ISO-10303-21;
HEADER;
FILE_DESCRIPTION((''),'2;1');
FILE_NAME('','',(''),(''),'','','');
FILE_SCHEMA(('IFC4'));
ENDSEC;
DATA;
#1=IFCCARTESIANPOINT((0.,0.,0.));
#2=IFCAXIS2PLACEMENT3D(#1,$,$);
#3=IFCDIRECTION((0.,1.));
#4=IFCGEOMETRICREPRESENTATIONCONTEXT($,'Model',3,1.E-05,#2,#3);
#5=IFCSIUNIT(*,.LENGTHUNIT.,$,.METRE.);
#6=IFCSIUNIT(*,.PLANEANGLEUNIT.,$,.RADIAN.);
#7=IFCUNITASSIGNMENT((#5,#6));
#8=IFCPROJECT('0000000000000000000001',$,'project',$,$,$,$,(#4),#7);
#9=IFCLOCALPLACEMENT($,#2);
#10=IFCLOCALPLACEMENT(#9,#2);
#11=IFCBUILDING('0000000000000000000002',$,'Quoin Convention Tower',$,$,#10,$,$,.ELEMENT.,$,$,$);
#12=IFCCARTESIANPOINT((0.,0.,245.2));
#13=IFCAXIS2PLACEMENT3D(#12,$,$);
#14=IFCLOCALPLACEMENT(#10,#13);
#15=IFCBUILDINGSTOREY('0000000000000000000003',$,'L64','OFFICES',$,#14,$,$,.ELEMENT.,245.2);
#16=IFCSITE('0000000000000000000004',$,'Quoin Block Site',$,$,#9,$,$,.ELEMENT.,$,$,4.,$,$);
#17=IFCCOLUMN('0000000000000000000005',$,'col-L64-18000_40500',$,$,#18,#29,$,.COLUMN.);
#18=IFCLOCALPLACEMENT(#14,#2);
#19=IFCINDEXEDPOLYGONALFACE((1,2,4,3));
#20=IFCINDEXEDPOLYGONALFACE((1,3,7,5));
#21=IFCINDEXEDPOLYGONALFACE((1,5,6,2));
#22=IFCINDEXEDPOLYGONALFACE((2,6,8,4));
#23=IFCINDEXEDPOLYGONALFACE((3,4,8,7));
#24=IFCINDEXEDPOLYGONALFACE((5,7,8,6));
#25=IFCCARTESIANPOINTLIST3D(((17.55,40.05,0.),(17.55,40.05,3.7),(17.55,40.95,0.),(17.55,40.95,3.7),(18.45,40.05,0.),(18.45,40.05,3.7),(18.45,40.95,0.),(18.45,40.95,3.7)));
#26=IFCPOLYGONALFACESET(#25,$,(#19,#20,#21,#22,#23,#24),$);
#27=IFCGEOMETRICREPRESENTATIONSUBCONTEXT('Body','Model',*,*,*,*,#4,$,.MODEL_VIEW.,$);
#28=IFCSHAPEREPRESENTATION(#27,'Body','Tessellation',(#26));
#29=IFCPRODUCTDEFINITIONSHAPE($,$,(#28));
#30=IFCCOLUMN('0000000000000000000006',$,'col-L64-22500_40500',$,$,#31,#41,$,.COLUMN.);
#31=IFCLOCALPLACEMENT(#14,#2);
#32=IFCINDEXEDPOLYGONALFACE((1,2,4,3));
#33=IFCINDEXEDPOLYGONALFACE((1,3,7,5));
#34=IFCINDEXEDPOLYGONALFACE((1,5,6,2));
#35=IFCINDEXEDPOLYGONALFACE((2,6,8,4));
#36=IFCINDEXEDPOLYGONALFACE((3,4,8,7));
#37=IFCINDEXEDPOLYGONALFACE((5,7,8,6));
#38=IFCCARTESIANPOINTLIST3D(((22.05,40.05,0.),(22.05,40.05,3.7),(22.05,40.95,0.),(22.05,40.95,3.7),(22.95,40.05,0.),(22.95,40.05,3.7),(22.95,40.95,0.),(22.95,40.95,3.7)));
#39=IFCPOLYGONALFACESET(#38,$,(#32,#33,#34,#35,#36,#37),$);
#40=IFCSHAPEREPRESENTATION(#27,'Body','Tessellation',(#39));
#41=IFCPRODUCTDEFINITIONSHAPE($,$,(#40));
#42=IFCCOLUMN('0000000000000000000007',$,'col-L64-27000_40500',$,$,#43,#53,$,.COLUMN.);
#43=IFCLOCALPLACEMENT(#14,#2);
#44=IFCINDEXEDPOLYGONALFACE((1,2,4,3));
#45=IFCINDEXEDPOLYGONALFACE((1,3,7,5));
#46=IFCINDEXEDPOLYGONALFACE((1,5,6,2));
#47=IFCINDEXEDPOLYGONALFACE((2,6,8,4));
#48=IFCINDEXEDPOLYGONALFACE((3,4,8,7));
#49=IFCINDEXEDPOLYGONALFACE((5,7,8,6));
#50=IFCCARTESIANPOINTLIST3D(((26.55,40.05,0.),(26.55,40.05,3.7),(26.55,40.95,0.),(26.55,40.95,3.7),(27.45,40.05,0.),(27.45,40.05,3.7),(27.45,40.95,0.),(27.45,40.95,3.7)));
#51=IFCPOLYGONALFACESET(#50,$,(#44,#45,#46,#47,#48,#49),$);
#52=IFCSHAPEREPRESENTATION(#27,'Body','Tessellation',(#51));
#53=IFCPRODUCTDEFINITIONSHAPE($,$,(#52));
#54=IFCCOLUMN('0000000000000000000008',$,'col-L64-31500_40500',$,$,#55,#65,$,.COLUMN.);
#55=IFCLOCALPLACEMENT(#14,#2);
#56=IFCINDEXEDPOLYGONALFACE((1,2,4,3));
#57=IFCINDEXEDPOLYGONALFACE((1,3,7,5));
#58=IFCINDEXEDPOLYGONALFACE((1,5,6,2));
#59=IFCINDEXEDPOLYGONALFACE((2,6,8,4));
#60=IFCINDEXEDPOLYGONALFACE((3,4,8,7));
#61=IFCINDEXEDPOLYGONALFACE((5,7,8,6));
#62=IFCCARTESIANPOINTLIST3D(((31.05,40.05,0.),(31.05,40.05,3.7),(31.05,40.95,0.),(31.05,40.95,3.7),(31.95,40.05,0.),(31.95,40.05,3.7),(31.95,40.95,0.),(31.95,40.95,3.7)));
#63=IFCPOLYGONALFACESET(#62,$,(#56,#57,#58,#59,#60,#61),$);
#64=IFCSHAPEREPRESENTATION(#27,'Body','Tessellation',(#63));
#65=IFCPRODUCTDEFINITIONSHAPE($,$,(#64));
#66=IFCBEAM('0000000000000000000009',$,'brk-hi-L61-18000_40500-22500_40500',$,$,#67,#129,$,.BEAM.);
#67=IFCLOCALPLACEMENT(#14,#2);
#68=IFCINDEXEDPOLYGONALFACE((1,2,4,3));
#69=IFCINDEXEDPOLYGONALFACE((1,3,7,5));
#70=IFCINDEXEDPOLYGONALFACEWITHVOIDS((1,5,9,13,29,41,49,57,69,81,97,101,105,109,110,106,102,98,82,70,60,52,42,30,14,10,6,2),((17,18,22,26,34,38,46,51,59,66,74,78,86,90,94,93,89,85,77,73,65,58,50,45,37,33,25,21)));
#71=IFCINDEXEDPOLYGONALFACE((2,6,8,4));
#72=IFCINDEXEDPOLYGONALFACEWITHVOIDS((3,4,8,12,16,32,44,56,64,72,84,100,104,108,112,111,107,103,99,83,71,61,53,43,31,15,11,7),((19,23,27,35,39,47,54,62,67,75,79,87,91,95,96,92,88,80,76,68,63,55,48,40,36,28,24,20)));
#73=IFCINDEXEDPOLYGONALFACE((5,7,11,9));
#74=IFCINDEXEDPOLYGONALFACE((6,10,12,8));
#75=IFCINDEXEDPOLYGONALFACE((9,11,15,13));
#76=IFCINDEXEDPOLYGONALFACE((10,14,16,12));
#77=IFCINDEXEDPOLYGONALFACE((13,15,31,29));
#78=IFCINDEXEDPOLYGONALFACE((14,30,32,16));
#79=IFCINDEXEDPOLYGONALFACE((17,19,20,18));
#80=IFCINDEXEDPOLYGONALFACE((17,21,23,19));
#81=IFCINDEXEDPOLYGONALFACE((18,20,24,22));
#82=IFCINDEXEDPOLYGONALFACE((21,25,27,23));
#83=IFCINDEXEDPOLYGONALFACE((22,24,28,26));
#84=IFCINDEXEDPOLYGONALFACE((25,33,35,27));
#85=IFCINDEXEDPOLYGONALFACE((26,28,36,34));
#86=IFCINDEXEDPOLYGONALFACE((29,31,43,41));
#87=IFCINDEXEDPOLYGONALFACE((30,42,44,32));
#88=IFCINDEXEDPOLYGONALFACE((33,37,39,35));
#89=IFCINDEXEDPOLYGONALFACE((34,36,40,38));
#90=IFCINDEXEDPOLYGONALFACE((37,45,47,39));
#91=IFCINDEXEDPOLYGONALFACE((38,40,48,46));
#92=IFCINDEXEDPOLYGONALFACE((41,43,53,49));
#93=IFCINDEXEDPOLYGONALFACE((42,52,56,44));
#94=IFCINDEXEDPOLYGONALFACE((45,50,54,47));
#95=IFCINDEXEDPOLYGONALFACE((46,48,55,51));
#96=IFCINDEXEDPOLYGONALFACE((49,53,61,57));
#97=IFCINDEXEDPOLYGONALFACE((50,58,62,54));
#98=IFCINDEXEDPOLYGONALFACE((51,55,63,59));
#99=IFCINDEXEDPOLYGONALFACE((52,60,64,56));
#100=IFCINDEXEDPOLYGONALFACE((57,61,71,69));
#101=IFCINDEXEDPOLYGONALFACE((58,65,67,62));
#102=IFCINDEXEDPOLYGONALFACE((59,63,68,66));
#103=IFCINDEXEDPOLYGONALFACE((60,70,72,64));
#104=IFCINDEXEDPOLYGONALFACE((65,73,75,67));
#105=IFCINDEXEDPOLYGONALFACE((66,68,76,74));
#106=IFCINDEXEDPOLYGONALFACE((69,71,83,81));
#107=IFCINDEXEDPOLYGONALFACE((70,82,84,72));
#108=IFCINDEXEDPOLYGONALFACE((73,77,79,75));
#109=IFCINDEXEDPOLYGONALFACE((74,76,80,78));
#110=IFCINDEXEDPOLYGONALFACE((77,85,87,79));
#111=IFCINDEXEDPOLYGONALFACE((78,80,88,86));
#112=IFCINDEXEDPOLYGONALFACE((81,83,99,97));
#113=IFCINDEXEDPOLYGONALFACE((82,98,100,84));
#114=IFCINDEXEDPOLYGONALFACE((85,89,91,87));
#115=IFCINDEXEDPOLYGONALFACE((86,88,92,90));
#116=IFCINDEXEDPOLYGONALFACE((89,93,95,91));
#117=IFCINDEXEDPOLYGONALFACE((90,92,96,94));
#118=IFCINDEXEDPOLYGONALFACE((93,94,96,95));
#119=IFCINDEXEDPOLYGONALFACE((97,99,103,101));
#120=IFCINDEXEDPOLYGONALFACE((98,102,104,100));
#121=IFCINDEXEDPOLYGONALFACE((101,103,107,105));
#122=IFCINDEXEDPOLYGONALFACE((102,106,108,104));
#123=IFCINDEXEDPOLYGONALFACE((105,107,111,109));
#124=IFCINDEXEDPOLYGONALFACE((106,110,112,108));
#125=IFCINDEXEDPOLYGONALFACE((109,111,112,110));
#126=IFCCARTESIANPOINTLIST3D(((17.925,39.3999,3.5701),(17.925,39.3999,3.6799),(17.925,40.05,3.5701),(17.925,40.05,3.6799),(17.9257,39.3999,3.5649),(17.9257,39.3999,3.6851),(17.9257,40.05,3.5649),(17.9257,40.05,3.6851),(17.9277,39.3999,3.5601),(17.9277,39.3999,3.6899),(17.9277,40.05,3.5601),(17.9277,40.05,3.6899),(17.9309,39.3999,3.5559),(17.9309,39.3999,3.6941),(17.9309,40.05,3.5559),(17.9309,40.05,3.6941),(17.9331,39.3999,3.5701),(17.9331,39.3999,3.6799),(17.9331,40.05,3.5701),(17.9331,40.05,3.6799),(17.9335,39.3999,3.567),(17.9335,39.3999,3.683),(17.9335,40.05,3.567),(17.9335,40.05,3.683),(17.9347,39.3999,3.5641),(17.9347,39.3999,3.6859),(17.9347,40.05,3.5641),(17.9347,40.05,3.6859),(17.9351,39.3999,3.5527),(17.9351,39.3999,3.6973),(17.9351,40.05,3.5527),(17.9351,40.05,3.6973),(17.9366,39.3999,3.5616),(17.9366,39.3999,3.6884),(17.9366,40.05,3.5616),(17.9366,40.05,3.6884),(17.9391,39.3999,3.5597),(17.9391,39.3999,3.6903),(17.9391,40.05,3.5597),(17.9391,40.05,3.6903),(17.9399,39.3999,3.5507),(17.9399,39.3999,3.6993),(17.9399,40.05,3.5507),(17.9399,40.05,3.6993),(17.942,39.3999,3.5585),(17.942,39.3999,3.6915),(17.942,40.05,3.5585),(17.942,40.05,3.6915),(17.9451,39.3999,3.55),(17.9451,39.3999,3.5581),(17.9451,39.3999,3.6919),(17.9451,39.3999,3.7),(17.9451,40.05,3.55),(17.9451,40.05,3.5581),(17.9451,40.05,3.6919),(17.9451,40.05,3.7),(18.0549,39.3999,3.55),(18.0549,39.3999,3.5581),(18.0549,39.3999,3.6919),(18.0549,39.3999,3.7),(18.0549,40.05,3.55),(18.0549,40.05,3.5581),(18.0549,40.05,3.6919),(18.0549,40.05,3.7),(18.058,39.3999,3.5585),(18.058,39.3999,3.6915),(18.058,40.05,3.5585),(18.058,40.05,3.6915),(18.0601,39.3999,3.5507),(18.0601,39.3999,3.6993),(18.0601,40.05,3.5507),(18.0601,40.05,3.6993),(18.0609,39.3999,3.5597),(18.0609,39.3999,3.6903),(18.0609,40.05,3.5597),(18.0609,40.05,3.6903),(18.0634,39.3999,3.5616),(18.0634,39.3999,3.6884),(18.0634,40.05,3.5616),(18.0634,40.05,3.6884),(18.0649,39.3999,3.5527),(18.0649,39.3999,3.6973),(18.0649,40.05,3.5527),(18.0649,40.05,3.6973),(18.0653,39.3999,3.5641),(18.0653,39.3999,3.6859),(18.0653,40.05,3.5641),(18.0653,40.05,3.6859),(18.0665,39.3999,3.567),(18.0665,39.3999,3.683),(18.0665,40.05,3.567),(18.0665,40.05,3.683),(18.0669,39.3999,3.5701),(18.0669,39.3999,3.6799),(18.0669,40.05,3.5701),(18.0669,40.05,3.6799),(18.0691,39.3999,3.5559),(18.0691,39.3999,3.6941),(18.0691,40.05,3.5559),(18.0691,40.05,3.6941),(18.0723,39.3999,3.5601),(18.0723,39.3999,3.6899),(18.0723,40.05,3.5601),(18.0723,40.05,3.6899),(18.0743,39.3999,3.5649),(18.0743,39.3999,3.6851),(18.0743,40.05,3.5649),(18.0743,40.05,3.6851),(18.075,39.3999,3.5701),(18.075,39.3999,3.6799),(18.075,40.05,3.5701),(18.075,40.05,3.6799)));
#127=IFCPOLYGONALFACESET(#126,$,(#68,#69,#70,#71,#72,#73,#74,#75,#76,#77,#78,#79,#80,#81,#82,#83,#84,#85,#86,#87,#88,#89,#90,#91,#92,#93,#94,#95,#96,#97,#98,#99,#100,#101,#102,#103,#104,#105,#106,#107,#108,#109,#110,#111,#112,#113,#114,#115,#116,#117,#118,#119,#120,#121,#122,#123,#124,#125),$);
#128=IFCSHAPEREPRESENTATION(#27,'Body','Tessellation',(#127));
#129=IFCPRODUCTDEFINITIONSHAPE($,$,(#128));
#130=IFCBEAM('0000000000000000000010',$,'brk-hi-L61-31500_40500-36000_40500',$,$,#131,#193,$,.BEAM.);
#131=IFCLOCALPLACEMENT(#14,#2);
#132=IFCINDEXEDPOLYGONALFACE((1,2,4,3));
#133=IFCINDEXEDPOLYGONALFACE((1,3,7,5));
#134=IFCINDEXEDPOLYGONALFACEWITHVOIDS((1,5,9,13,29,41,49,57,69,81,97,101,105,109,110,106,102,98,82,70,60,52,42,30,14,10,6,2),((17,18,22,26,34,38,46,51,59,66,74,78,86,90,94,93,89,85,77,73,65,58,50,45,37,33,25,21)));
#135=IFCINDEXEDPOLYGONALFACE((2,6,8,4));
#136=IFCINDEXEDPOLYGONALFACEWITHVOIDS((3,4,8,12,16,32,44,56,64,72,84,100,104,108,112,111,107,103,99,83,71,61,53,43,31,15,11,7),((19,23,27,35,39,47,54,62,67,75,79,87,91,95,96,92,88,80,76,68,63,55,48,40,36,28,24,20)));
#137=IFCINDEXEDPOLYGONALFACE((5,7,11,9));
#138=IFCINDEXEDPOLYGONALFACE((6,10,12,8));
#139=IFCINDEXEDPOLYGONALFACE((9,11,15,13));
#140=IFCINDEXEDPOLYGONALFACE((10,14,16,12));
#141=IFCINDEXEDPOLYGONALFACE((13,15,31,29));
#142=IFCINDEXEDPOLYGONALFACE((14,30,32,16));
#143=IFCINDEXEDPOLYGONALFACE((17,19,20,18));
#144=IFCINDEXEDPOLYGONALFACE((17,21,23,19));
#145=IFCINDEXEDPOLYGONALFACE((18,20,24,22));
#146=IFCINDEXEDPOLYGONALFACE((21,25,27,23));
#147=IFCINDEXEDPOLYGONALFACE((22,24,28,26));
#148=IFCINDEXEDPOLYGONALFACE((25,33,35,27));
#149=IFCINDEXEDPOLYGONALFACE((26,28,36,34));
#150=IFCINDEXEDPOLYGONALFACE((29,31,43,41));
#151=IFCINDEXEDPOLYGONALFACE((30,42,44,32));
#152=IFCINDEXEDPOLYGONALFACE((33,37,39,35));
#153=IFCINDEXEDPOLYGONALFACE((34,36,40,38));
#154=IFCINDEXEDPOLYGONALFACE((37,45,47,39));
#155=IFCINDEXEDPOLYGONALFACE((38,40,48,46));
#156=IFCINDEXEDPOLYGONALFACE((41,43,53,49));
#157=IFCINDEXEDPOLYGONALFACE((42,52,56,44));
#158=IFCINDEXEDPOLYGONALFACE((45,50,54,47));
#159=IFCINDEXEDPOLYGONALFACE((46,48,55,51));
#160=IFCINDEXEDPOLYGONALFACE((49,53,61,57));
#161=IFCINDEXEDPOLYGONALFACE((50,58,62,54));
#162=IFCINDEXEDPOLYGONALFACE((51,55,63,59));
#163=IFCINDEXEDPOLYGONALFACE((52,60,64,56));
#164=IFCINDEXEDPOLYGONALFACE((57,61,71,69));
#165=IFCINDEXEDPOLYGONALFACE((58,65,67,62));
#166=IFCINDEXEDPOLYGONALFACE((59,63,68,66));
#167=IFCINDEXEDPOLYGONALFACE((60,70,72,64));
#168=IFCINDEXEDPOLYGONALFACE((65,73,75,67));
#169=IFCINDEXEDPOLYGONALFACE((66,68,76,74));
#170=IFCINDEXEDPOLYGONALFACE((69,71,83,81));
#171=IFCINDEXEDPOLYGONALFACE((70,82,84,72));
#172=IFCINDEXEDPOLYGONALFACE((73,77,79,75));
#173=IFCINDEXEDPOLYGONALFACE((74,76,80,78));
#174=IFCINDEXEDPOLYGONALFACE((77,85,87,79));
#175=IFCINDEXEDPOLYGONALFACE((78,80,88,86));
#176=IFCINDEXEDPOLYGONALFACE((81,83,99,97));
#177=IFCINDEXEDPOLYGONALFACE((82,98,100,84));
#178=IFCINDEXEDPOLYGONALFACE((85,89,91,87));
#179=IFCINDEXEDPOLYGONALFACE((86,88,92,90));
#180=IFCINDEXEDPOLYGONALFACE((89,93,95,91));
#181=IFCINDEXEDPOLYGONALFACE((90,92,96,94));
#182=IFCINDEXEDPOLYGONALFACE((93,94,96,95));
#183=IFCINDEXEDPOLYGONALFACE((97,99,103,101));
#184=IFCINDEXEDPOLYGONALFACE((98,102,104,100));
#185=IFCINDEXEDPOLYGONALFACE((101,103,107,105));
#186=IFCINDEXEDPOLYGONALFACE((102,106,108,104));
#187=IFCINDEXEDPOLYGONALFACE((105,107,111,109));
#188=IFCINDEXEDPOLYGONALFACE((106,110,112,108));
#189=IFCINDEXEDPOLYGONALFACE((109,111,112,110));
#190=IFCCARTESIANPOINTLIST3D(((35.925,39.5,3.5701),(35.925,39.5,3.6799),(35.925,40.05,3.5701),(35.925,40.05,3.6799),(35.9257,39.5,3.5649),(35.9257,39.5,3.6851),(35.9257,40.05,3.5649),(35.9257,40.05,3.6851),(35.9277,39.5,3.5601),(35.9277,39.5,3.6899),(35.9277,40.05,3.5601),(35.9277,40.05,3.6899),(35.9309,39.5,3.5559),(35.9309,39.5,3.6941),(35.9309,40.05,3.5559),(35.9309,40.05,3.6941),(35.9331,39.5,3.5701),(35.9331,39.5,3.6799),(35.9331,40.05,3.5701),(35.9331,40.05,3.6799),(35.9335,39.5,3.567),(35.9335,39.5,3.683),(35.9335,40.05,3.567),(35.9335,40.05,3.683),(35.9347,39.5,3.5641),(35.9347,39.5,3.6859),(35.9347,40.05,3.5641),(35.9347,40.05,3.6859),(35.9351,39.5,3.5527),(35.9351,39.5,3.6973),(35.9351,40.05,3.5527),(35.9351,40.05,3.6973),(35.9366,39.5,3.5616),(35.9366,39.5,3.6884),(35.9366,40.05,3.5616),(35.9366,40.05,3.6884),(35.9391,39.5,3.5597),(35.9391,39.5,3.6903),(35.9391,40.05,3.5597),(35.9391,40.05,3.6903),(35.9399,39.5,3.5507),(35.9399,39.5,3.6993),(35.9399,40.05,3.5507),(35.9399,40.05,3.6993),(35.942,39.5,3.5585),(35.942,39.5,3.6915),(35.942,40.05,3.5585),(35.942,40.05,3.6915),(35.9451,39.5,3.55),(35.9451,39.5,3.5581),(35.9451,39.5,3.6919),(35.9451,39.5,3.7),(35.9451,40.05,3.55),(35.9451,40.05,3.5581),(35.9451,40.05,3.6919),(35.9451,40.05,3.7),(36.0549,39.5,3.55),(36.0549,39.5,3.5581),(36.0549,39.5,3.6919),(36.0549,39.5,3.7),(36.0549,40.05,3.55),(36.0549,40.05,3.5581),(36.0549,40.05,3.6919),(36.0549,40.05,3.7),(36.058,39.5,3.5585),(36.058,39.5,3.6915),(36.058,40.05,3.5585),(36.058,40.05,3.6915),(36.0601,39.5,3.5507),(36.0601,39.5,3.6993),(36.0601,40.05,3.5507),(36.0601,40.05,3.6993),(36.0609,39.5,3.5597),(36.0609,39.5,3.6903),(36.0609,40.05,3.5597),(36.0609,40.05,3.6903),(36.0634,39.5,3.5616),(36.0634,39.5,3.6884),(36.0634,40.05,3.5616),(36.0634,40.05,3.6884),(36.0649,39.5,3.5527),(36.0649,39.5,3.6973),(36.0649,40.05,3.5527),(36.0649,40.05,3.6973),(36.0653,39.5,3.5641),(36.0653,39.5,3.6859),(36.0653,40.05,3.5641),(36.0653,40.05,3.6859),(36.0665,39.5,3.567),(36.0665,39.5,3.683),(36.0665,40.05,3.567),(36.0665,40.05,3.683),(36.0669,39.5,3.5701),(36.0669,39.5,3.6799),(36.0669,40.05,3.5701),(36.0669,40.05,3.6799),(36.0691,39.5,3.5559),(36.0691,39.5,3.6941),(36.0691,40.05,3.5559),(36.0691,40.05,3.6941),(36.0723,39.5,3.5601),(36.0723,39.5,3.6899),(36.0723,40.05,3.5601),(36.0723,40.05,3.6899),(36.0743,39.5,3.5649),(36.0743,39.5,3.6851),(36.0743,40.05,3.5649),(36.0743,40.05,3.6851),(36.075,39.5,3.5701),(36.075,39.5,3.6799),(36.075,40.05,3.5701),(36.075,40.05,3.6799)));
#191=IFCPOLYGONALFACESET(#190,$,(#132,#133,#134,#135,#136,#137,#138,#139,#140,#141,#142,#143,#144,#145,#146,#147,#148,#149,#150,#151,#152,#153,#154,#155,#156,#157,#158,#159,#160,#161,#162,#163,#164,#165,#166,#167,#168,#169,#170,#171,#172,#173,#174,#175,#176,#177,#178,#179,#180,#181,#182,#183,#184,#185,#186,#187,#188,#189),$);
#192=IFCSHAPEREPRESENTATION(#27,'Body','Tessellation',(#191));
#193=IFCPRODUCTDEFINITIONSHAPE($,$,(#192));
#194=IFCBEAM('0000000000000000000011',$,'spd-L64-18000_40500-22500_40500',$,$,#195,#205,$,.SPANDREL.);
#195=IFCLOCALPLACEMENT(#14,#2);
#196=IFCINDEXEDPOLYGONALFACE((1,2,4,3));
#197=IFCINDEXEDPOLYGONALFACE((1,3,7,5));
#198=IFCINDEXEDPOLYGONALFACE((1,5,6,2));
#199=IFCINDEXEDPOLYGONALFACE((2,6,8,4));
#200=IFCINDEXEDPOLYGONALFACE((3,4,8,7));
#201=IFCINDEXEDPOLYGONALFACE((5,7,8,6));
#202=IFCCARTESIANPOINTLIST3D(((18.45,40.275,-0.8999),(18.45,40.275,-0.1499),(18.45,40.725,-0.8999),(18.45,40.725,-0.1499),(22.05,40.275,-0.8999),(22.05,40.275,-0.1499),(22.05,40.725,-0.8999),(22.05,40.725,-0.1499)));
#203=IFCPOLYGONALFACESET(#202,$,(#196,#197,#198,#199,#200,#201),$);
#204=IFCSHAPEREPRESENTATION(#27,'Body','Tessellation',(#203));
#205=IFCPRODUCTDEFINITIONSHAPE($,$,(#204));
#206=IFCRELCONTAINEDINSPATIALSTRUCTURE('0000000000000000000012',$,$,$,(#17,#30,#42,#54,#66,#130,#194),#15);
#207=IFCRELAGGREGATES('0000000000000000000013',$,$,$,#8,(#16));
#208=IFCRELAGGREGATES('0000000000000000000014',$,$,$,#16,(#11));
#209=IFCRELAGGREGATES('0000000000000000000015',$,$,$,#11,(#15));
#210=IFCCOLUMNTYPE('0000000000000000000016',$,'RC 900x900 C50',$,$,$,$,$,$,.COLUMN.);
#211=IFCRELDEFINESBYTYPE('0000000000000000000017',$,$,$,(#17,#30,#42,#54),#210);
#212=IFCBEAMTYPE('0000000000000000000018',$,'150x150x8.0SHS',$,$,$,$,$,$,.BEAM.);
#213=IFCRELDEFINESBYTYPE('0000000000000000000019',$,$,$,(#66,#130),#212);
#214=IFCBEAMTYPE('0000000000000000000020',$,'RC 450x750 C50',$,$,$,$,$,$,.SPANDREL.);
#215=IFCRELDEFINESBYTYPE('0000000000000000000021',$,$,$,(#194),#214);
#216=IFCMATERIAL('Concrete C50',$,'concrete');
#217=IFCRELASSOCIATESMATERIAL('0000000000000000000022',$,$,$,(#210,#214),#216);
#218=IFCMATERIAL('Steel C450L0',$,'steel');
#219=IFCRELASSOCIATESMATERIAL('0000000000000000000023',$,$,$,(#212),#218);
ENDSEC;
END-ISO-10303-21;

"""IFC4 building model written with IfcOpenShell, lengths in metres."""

from ifc_helpers import new_model, si_unit, direction, frame, origin, origin_2d, place, context, subcontext, project, spatial, rectangle, hollow_rectangle, extrude, material, material_profile, profile_set, type_object, element, save


model = new_model("IFC4")

# Units and contexts
model_context = context("Model", 3, precision=1e-05, world=origin(), true_north=direction((0.0, 1.0)))
body_context = subcontext(model_context, "Body", "Model", "MODEL_VIEW")
ifc_project = project(units=[si_unit("LENGTHUNIT", "METRE"), si_unit("PLANEANGLEUNIT", "RADIAN")], contexts=[model_context])

# Site, building, storey
site_placement = place(None, origin())
site = spatial("IfcSite", under=ifc_project, at=site_placement, Name="Quoin Block Site", CompositionType="ELEMENT", RefElevation=4.0)
building_placement = place(site_placement, origin())
building = spatial("IfcBuilding", under=site, at=building_placement, Name="Quoin Convention Tower", CompositionType="ELEMENT")
storey_placement = place(building_placement, frame((0.0, 0.0, 245.2)))
storey = spatial("IfcBuildingStorey", under=building, at=storey_placement, Name="L64", Description="OFFICES", CompositionType="ELEMENT", Elevation=245.2)

# Columns
ifc_material_1 = material(Name="Concrete C50", Category="concrete")
ifc_material_profile_1 = material_profile(ifc_material_1, rectangle(XDim=0.8999, YDim=0.8999, at=origin_2d()), Name="RC 900x900")
ifc_profile_set_1 = profile_set([ifc_material_profile_1], Name="Concrete C50")
column_type = type_object("IfcColumnType", Name="RC 900x900 C50", PredefinedType="COLUMN", material=ifc_profile_set_1)
for number, where, z_axis, x_axis, name in (
    (1, (18.0, 40.5, 0.0), (0.0, 0.0, 1.0), (1.0, 0.0, 0.0), "col-L64-18000_40500"),
    (2, (22.5, 40.5, 0.0), (0.0, 0.0, 1.0), (1.0, 0.0, 0.0), "col-L64-22500_40500"),
    (3, (27.0, 40.5, 0.0), (0.0, 0.0, 1.0), (1.0, 0.0, 0.0), "col-L64-27000_40500"),
    (4, (31.5, 40.5, 0.0), (0.0, 0.0, 1.0), (1.0, 0.0, 0.0), "col-L64-31500_40500"),
):
    element("IfcColumn", number, at=place(storey_placement, frame(where, z_axis=z_axis, x_axis=x_axis)), inside=storey, type_object=column_type, Name=name, PredefinedType="COLUMN", context=body_context, shape_type="SweptSolid", body=[
        extrude(rectangle(XDim=0.8999, YDim=0.8999, at=origin_2d()), origin(), (0.0, 0.0, 1.0), 3.7),
    ])

# Beams
ifc_material_2 = material(Name="Steel C450L0", Category="steel")
ifc_material_profile_2 = material_profile(ifc_material_2, hollow_rectangle(XDim=0.1499, YDim=0.1499, WallThickness=0.0081, InnerFilletRadius=0.012, OuterFilletRadius=0.02, at=origin_2d()), Name="150x150x8.0SHS")
ifc_profile_set_2 = profile_set([ifc_material_profile_2], Name="Steel C450L0")
beam_type_1 = type_object("IfcBeamType", Name="150x150x8.0SHS", PredefinedType="BEAM", material=ifc_profile_set_2)
beam_1_placement = place(storey_placement, frame((18.0, 40.05, 3.625), z_axis=(0.0, -1.0, 0.0), x_axis=(1.0, 0.0, 0.0)))
element("IfcBeam", 5, at=beam_1_placement, inside=storey, type_object=beam_type_1, Name="brk-hi-L61-18000_40500-22500_40500", PredefinedType="BEAM", context=body_context, shape_type="SweptSolid", body=[
    extrude(hollow_rectangle(XDim=0.1499, YDim=0.1499, WallThickness=0.0081, InnerFilletRadius=0.012, OuterFilletRadius=0.02, at=origin_2d()), origin(), (0.0, 0.0, 1.0), 0.6501),
])
beam_2_placement = place(storey_placement, frame((36.0, 40.05, 3.625), z_axis=(0.0, -1.0, 0.0), x_axis=(1.0, 0.0, 0.0)))
element("IfcBeam", 6, at=beam_2_placement, inside=storey, type_object=beam_type_1, Name="brk-hi-L61-31500_40500-36000_40500", PredefinedType="BEAM", context=body_context, shape_type="SweptSolid", body=[
    extrude(hollow_rectangle(XDim=0.1499, YDim=0.1499, WallThickness=0.0081, InnerFilletRadius=0.012, OuterFilletRadius=0.02, at=origin_2d()), origin(), (0.0, 0.0, 1.0), 0.55),
])
ifc_material_profile_3 = material_profile(ifc_material_1, rectangle(XDim=0.45, YDim=0.75, at=origin_2d()), Name="RC 450x750")
ifc_profile_set_3 = profile_set([ifc_material_profile_3], Name="Concrete C50")
beam_type_2 = type_object("IfcBeamType", Name="RC 450x750 C50", PredefinedType="SPANDREL", material=ifc_profile_set_3)
for number, where, z_axis, x_axis, name in (
    (7, (18.45, 40.5, -0.5249), (1.0, 0.0, 0.0), (0.0, 1.0, 0.0), "spd-L64-18000_40500-22500_40500"),
):
    element("IfcBeam", number, at=place(storey_placement, frame(where, z_axis=z_axis, x_axis=x_axis)), inside=storey, type_object=beam_type_2, Name=name, PredefinedType="SPANDREL", context=body_context, shape_type="SweptSolid", body=[
        extrude(rectangle(XDim=0.45, YDim=0.75, at=origin_2d()), origin(), (0.0, 0.0, 1.0), 3.6001),
    ])

save(model, "model.ifc")
